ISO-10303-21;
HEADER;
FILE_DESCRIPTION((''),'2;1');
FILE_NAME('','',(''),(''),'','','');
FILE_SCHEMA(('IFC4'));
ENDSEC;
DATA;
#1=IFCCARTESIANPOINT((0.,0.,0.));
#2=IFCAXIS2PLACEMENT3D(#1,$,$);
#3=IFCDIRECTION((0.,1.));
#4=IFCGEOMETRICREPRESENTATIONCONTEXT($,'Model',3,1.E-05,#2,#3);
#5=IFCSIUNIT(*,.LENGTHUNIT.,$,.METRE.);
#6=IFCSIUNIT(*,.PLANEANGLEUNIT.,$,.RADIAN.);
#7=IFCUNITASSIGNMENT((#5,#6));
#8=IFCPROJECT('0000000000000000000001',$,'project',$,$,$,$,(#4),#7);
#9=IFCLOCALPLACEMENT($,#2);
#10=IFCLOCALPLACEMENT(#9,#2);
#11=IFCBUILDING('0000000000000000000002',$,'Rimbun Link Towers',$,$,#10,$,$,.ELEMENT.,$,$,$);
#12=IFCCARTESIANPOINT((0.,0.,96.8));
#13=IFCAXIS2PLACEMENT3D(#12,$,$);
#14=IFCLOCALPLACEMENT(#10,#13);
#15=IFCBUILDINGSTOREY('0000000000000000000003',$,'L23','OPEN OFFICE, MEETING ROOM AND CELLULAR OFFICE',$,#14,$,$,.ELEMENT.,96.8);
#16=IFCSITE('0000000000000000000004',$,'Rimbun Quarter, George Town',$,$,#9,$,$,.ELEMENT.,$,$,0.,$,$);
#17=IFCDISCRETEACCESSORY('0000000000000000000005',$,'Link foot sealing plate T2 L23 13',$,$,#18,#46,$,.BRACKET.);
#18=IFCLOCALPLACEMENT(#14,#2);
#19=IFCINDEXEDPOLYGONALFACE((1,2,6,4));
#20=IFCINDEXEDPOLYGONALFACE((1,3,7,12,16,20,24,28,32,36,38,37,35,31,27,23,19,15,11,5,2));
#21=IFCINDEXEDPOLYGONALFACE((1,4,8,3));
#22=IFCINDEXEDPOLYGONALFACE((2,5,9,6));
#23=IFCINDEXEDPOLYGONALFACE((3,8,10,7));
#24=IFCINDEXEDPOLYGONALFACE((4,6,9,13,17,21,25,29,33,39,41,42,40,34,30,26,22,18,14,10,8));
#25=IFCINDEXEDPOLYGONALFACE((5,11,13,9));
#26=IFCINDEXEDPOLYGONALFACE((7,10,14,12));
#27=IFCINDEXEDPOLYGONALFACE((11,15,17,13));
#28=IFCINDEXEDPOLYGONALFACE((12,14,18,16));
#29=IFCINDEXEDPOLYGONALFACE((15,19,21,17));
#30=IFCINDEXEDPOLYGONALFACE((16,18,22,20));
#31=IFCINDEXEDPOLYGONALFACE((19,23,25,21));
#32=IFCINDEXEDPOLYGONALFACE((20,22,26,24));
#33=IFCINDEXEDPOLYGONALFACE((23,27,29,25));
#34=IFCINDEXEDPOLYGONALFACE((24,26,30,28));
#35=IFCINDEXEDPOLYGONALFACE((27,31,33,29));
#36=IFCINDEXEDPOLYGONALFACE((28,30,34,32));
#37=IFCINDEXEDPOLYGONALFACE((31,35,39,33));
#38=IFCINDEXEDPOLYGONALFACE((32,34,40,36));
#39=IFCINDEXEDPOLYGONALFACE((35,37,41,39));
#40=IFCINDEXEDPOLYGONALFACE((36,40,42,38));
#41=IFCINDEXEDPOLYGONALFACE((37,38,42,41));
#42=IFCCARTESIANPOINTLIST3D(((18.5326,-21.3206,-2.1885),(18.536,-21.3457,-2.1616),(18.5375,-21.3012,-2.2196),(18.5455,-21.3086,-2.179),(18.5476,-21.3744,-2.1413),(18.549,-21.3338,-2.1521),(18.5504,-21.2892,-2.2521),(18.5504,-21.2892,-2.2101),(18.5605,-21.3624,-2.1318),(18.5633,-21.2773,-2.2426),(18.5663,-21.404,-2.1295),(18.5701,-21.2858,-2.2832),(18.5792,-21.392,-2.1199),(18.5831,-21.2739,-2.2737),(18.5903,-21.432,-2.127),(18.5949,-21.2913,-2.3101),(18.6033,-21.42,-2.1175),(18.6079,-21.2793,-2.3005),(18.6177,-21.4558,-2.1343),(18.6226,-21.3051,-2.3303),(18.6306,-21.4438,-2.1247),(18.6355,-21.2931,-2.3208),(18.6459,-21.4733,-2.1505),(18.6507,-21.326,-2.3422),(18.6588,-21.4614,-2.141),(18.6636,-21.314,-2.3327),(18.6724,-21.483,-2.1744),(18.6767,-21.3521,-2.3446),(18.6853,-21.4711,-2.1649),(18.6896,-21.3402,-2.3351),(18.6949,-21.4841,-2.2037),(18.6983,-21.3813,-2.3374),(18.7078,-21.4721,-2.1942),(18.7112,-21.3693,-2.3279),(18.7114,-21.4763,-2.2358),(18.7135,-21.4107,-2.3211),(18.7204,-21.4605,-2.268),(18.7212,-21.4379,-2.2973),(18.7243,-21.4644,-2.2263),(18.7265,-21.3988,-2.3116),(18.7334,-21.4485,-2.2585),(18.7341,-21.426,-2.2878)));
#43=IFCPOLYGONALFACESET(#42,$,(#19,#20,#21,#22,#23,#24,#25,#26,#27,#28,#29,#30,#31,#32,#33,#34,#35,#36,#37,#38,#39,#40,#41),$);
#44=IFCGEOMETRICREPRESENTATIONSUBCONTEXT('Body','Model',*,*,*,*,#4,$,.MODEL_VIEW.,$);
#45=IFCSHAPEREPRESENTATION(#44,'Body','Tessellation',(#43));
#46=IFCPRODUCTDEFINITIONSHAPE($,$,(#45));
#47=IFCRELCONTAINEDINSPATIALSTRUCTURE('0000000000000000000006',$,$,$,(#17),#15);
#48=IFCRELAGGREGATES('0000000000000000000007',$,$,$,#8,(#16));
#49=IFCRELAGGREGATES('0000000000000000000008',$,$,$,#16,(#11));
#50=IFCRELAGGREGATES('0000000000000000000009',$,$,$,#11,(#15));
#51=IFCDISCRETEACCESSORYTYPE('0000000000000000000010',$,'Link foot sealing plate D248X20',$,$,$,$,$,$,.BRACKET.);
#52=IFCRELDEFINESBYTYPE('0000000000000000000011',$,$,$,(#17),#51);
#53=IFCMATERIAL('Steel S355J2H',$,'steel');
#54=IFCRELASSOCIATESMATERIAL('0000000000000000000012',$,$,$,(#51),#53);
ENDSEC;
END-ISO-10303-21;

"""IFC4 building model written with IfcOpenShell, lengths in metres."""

from ifc_helpers import new_model, si_unit, direction, frame, origin, origin_2d, place, context, subcontext, project, spatial, circle, extrude, material, material_profile, profile_set, type_object, element, save


model = new_model("IFC4")

# Units and contexts
model_context = context("Model", 3, precision=1e-05, world=origin(), true_north=direction((0.0, 1.0)))
body_context = subcontext(model_context, "Body", "Model", "MODEL_VIEW")
ifc_project = project(units=[si_unit("LENGTHUNIT", "METRE"), si_unit("PLANEANGLEUNIT", "RADIAN")], contexts=[model_context])

# Site, building, storey
site_placement = place(None, origin())
site = spatial("IfcSite", under=ifc_project, at=site_placement, Name="Rimbun Quarter, George Town", CompositionType="ELEMENT", RefElevation=0.0)
building_placement = place(site_placement, origin())
building = spatial("IfcBuilding", under=site, at=building_placement, Name="Rimbun Link Towers", CompositionType="ELEMENT")
storey_placement = place(building_placement, frame((0.0, 0.0, 96.8)))
storey = spatial("IfcBuildingStorey", under=building, at=storey_placement, Name="L23", Description="OPEN OFFICE, MEETING ROOM AND CELLULAR OFFICE", CompositionType="ELEMENT", Elevation=96.8)

# Discrete accessory
ifc_material_1 = material(Name="Steel S355J2H", Category="steel")
ifc_material_profile_1 = material_profile(ifc_material_1, circle(Radius=0.124, at=origin_2d()), Name="PL D248")
ifc_profile_set_1 = profile_set([ifc_material_profile_1], Name="Steel S355J2H")
discrete_accessory_type = type_object("IfcDiscreteAccessoryType", Name="Link foot sealing plate D248X20", PredefinedType="BRACKET", material=ifc_profile_set_1)
discrete_accessory_placement = place(storey_placement, frame((18.6401, -21.3733, -2.2263), z_axis=(-0.646005, -0.59725, -0.475362), x_axis=(0.678855, -0.734272, 0.0)))
element("IfcDiscreteAccessory", 1, at=discrete_accessory_placement, inside=storey, type_object=discrete_accessory_type, Name="Link foot sealing plate T2 L23 13", PredefinedType="BRACKET", context=body_context, shape_type="SweptSolid", body=[
    extrude(circle(Radius=0.124, at=origin_2d()), origin(), (0.0, 0.0, 1.0), 0.02),
])

save(model, "model.ifc")
